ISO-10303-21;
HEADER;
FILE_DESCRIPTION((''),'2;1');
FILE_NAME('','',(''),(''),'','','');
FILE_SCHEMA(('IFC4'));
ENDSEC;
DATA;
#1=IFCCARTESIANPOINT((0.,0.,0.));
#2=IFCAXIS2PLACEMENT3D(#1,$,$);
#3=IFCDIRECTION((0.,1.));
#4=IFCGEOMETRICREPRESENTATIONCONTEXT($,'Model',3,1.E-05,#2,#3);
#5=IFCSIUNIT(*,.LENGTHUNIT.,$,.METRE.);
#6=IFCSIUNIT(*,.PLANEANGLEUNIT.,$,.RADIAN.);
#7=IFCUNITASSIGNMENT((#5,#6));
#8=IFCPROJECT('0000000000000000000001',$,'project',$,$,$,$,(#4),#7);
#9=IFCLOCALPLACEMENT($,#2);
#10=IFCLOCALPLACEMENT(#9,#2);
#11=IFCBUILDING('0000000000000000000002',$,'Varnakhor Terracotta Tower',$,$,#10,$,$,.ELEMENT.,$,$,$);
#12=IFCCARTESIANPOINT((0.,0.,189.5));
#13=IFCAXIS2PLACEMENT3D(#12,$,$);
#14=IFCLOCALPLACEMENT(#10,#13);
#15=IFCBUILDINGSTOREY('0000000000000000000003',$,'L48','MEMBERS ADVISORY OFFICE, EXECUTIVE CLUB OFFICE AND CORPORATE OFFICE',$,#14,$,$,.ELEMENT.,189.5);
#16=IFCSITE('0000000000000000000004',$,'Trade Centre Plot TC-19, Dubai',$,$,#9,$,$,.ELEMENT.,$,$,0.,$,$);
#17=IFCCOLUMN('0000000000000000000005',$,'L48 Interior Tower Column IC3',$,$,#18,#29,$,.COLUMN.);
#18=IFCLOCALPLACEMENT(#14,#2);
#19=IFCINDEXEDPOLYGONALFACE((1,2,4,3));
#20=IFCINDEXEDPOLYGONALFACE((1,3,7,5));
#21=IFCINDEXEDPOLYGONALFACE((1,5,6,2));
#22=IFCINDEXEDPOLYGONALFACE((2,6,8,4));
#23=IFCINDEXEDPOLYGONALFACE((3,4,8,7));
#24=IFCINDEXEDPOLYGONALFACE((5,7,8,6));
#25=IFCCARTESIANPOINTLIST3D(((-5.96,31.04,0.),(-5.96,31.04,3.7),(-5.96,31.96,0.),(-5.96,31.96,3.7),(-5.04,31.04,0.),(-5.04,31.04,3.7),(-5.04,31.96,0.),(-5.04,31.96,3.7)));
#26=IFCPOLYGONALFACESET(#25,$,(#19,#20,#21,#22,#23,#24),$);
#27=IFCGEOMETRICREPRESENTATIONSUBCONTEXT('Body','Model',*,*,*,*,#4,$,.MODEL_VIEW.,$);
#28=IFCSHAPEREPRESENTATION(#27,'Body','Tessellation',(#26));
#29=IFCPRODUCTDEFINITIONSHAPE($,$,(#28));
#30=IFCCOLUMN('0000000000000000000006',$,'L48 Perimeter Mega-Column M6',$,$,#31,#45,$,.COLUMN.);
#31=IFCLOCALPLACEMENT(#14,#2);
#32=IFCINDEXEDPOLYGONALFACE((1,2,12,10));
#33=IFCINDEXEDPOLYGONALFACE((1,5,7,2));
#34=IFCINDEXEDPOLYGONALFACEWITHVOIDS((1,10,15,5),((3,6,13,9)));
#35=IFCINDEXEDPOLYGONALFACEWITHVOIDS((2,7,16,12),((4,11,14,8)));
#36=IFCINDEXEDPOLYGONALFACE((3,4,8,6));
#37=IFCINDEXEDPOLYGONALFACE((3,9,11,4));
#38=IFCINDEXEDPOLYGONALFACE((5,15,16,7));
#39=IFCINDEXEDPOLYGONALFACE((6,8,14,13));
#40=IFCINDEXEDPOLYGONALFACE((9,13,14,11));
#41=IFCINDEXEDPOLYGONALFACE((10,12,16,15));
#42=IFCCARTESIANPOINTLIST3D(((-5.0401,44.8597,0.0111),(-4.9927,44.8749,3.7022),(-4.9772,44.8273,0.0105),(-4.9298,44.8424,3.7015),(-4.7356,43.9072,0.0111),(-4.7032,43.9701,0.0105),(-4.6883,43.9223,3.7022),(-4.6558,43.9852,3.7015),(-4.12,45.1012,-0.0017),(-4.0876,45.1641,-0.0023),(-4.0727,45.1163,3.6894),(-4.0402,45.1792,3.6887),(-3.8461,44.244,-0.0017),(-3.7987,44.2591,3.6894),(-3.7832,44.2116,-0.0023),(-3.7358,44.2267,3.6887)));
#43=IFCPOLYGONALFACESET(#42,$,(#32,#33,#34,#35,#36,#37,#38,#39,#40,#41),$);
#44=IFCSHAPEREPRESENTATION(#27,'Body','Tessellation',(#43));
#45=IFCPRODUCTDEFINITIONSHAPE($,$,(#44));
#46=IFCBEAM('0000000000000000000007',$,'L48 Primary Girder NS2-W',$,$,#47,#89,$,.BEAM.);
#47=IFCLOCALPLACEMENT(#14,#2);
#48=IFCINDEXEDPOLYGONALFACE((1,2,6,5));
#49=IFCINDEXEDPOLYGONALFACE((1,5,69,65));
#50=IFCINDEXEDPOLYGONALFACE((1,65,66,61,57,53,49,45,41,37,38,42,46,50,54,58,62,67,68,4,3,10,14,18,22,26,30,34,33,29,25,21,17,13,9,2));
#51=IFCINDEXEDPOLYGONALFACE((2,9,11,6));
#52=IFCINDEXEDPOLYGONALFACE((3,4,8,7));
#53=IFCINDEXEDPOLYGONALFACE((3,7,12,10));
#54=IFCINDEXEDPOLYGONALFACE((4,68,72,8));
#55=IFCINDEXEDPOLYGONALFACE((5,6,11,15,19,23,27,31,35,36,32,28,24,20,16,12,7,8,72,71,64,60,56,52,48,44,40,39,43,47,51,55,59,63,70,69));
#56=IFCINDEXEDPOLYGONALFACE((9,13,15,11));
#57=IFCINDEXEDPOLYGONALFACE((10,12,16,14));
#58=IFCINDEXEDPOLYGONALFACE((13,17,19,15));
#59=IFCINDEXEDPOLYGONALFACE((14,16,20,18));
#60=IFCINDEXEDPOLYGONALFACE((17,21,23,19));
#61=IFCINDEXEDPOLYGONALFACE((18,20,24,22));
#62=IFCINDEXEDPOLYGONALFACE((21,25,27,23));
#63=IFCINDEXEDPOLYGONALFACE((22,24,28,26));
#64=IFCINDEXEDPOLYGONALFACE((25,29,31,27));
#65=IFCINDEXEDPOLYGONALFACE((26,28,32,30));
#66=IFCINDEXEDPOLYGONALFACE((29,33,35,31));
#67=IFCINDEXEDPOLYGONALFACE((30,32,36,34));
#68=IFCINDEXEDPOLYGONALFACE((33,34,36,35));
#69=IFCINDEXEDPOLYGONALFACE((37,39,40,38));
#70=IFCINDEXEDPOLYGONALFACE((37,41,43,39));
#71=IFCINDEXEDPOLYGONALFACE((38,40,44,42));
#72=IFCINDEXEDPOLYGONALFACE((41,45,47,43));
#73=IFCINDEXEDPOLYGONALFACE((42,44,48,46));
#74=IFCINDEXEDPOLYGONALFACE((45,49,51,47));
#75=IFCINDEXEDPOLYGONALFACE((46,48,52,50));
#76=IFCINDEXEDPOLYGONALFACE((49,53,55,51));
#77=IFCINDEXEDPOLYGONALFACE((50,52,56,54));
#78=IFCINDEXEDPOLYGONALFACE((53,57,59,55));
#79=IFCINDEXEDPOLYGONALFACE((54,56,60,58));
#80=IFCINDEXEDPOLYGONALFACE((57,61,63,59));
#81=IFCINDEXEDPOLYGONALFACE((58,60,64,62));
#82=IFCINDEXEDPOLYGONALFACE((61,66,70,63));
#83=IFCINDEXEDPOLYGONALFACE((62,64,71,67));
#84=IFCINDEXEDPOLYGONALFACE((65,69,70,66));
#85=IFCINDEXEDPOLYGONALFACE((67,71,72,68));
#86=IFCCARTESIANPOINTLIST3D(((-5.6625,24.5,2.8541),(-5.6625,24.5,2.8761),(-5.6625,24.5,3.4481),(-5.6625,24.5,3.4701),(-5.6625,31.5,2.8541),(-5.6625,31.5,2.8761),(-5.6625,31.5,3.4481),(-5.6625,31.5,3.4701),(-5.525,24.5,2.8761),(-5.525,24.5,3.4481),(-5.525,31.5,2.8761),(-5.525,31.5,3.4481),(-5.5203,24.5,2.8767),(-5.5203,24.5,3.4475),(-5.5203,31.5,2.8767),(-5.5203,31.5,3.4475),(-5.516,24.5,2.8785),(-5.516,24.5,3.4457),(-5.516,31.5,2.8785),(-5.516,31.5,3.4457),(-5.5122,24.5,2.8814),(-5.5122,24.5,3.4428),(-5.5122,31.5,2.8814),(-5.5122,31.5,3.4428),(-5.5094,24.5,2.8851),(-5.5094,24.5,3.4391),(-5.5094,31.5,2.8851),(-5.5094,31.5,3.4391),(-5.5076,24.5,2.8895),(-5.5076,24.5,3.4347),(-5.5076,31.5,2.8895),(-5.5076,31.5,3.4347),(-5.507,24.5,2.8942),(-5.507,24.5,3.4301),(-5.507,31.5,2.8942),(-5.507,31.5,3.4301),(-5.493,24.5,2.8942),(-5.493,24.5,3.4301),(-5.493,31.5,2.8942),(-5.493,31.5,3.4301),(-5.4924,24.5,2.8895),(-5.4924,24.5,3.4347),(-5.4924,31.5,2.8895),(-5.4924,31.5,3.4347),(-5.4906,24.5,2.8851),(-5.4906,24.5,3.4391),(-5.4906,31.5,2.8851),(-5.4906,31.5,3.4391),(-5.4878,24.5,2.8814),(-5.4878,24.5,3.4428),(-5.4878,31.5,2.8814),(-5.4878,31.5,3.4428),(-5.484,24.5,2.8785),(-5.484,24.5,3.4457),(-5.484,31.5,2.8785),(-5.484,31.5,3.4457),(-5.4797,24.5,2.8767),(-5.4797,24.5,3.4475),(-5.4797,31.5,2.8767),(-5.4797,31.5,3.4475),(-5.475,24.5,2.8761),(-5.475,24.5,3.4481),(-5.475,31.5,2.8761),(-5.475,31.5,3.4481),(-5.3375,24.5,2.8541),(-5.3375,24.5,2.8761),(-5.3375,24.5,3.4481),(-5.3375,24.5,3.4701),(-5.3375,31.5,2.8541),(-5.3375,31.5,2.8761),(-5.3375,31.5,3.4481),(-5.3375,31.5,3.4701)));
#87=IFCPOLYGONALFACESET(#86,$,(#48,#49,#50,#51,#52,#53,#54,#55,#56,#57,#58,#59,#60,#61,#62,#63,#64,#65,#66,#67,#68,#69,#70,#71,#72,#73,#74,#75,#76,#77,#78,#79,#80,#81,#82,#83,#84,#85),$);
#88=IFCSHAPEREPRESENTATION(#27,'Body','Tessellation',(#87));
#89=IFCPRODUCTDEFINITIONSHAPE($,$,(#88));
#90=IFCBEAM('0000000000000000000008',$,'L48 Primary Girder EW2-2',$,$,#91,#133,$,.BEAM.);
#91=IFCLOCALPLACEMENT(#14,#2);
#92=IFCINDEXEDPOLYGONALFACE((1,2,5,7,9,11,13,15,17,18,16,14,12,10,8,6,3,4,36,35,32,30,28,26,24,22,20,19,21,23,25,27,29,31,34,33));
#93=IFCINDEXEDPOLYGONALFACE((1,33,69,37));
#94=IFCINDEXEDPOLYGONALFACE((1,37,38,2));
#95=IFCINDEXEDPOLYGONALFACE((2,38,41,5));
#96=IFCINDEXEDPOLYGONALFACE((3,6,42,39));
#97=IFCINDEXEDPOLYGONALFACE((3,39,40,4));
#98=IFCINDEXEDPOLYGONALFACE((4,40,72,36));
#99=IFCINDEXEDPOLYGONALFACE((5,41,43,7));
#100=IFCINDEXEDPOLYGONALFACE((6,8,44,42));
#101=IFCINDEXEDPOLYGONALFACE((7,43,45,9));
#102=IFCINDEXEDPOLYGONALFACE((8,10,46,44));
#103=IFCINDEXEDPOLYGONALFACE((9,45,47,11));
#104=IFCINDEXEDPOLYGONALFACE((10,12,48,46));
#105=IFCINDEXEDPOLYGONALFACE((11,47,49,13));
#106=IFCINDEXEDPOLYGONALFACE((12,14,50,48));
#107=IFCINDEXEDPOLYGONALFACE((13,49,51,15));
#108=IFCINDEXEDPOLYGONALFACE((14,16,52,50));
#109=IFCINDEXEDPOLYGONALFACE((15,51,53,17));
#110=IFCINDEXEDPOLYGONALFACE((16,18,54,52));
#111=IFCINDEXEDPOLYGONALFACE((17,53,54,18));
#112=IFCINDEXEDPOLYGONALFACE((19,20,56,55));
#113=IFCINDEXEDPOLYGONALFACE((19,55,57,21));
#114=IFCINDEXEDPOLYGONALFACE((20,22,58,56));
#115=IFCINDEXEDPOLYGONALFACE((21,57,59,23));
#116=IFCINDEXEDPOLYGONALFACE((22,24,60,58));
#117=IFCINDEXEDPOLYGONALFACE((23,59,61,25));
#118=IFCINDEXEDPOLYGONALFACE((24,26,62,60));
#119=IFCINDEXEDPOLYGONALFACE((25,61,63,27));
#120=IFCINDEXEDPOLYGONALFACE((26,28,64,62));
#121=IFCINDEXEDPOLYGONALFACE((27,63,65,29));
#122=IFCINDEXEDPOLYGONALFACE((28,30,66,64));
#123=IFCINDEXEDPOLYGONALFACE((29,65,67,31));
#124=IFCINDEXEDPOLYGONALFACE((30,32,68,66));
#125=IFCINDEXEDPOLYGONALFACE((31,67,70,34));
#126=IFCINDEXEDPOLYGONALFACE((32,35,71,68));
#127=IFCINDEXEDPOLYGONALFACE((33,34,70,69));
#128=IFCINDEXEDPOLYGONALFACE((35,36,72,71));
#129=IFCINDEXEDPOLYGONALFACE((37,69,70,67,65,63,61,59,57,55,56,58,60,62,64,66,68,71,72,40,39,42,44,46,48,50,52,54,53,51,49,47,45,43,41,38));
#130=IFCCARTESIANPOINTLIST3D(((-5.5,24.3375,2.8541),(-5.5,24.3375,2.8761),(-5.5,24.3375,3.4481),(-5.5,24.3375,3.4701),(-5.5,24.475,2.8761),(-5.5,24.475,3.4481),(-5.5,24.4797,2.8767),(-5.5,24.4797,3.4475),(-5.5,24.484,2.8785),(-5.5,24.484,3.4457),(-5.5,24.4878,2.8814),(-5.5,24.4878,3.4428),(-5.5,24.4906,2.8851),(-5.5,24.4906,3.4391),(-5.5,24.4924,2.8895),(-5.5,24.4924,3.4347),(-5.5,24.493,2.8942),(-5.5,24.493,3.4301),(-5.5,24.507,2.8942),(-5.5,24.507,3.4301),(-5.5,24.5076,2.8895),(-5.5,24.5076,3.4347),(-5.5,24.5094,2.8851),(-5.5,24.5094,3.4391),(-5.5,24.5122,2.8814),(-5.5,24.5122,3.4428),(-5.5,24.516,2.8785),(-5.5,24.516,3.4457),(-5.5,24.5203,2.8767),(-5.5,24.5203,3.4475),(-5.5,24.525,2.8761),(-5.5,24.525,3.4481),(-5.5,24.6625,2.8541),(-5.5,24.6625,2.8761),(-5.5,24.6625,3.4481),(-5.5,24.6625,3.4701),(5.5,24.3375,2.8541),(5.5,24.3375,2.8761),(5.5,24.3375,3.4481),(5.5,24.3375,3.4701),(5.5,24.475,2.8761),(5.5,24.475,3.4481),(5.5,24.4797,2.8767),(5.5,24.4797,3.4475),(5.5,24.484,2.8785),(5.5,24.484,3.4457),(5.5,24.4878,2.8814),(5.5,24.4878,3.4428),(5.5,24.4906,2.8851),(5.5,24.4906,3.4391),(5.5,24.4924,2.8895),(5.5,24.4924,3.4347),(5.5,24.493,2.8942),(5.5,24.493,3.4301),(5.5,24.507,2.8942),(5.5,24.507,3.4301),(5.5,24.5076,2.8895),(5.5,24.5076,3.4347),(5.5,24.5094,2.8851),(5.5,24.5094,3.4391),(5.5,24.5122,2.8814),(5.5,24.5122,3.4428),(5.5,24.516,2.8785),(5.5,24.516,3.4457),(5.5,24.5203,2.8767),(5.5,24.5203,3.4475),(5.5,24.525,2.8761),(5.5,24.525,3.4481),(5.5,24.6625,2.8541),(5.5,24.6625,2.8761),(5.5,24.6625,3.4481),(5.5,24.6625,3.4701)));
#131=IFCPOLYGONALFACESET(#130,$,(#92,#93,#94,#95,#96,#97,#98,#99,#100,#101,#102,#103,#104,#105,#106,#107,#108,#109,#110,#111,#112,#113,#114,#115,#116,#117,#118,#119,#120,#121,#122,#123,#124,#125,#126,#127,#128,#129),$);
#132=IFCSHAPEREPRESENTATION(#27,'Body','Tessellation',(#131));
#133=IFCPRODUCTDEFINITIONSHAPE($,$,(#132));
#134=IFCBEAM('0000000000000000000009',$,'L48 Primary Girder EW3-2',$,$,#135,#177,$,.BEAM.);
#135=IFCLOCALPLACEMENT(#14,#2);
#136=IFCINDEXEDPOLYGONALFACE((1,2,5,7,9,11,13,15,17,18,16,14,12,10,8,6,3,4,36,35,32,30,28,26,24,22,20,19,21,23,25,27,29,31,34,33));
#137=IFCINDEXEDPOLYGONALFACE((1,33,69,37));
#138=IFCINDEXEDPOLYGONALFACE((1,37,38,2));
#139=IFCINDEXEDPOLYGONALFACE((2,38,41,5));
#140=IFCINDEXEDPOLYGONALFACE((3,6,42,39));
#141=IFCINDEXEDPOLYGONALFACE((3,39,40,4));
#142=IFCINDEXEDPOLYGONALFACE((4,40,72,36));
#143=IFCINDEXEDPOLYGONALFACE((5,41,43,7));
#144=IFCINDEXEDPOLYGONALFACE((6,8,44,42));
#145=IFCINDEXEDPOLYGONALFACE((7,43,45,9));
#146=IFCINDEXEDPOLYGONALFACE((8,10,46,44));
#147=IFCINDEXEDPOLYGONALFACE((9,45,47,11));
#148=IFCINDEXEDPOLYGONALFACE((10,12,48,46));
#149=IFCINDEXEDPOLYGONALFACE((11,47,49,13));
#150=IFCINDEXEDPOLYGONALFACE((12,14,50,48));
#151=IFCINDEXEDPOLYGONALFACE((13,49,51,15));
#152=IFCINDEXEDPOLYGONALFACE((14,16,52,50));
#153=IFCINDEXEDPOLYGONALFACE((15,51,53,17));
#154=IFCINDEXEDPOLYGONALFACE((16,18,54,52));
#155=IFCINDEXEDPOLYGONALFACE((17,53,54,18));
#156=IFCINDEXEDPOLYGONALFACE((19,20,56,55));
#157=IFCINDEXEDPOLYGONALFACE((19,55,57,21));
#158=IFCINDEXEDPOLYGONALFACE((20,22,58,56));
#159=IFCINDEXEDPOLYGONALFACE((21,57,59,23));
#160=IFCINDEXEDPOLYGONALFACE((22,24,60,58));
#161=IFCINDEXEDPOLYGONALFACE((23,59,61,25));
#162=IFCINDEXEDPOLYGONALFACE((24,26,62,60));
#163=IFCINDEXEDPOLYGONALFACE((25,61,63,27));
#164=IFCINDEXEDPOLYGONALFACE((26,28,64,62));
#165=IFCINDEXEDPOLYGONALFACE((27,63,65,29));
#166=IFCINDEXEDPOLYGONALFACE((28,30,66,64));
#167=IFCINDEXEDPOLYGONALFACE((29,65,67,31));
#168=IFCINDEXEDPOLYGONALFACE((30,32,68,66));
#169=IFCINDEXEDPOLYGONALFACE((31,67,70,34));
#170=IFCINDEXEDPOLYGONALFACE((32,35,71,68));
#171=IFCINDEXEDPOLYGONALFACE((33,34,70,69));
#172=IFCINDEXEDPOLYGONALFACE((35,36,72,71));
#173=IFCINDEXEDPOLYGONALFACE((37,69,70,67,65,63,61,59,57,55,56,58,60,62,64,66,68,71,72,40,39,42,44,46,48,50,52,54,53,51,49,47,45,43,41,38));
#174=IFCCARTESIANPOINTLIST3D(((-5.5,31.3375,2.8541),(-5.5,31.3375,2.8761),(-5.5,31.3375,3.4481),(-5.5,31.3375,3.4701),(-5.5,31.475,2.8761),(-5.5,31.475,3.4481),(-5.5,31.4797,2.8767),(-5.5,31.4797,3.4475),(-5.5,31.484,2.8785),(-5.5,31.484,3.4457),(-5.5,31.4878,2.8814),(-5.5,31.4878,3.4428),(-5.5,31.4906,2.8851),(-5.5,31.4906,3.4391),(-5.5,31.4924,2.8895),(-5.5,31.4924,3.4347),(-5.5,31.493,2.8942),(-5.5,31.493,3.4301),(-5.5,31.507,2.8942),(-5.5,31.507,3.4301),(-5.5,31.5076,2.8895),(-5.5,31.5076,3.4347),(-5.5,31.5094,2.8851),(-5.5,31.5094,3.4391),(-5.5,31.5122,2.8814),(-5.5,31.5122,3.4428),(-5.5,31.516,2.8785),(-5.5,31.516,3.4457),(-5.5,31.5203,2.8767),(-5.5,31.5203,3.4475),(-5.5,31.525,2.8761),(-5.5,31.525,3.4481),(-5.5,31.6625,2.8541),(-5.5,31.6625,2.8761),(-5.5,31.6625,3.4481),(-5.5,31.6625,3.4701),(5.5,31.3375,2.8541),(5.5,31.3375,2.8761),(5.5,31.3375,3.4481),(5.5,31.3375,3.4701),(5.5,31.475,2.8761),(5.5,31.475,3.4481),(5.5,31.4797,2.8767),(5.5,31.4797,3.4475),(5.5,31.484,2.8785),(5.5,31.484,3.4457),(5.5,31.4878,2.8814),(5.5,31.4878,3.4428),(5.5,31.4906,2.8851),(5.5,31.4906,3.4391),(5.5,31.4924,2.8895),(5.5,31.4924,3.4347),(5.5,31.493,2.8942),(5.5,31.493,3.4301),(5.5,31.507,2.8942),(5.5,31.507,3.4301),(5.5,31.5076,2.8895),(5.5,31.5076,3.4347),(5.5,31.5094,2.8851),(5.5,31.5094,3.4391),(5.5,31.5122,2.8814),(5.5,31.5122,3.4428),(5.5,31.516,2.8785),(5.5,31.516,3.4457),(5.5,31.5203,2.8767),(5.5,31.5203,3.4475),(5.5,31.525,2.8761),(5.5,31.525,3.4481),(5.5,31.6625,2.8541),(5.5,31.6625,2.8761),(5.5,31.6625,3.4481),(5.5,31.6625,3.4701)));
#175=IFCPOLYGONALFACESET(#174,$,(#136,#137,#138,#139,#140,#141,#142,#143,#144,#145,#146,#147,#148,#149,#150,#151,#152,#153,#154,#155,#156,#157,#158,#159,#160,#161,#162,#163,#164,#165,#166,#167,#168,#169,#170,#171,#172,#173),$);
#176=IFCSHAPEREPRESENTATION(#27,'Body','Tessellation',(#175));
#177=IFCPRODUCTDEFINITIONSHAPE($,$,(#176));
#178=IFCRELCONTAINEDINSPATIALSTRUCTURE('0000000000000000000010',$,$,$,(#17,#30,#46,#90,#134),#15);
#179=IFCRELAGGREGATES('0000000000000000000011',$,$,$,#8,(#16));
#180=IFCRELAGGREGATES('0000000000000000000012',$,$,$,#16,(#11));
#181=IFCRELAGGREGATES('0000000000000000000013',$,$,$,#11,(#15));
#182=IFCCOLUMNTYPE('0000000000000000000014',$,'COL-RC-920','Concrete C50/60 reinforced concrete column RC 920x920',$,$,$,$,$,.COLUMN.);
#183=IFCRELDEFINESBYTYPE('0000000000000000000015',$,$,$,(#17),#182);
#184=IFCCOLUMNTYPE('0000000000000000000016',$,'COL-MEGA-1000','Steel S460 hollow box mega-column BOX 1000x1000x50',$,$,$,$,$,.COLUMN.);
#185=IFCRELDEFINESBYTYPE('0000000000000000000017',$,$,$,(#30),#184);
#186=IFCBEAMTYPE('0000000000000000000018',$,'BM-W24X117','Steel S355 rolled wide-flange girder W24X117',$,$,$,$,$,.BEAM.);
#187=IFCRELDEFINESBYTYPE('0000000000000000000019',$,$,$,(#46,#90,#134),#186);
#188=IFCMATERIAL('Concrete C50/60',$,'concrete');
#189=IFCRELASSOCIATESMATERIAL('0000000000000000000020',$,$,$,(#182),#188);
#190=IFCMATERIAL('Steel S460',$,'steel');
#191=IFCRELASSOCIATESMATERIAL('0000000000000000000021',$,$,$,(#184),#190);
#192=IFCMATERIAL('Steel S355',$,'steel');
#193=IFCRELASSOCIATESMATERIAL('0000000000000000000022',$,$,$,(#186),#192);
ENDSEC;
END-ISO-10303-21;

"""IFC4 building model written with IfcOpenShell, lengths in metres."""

from ifc_helpers import new_model, si_unit, direction, frame, origin, origin_2d, place, context, subcontext, project, spatial, rectangle, hollow_rectangle, i_section, extrude, source, transform, mapped, material, material_profile, profile_set, type_object, type_shapes, element, save


model = new_model("IFC4")

# Units and contexts
model_context = context("Model", 3, precision=1e-05, world=origin(), true_north=direction((0.0, 1.0)))
body_context = subcontext(model_context, "Body", "Model", "MODEL_VIEW")
ifc_project = project(units=[si_unit("LENGTHUNIT", "METRE"), si_unit("PLANEANGLEUNIT", "RADIAN")], contexts=[model_context])

# Site, building, storey
site_placement = place(None, origin())
site = spatial("IfcSite", under=ifc_project, at=site_placement, Name="Trade Centre Plot TC-19, Dubai", CompositionType="ELEMENT", RefElevation=0.0)
building_placement = place(site_placement, origin())
building = spatial("IfcBuilding", under=site, at=building_placement, Name="Varnakhor Terracotta Tower", CompositionType="ELEMENT")
storey_placement = place(building_placement, frame((0.0, 0.0, 189.5)))
storey = spatial("IfcBuildingStorey", under=building, at=storey_placement, Name="L48", Description="MEMBERS ADVISORY OFFICE, EXECUTIVE CLUB OFFICE AND CORPORATE OFFICE", CompositionType="ELEMENT", Elevation=189.5)

# Columns
ifc_material_1 = material(Name="Concrete C50/60", Category="concrete")
ifc_material_profile_1 = material_profile(ifc_material_1, rectangle(XDim=0.9199, YDim=0.9199, at=origin_2d()), Name="RC 920x920")
ifc_profile_set_1 = profile_set([ifc_material_profile_1], Name="Concrete C50/60")
column_type_1 = type_object("IfcColumnType", Name="COL-RC-920", Description="Concrete C50/60 reinforced concrete column RC 920x920", PredefinedType="COLUMN", material=ifc_profile_set_1)
shared_shape_1 = source(origin(), body_context, "Body", "SweptSolid", [
    extrude(rectangle(XDim=0.9199, YDim=0.9199, at=origin_2d()), origin(), (0.0, 0.0, 1.0), 3.7),
])
column_1_placement = place(storey_placement, frame((-5.5, 31.5, 0.0), z_axis=(0.0, 0.0, 1.0), x_axis=(1.0, 0.0, 0.0)))
element("IfcColumn", 1, at=column_1_placement, inside=storey, type_object=column_type_1, Name="L48 Interior Tower Column IC3", PredefinedType="COLUMN", context=body_context, shape_type="MappedRepresentation", body=[
    mapped(shared_shape_1, transform((0.0, 0.0, 0.0), scale=1.0)),
])
ifc_material_2 = material(Name="Steel S460", Category="steel")
ifc_material_profile_2 = material_profile(ifc_material_2, hollow_rectangle(XDim=1.0, YDim=1.0, WallThickness=0.05, at=origin_2d()), Name="BOX 1000x1000x50")
ifc_profile_set_2 = profile_set([ifc_material_profile_2], Name="Steel S460")
column_type_2 = type_object("IfcColumnType", Name="COL-MEGA-1000", Description="Steel S460 hollow box mega-column BOX 1000x1000x50", PredefinedType="COLUMN", material=ifc_profile_set_2)
shared_shape_2 = source(origin(), body_context, "Body", "SweptSolid", [
    extrude(hollow_rectangle(XDim=1.0, YDim=1.0, WallThickness=0.05, at=origin_2d()), origin(), (0.0, 0.0, 1.0), 3.6914),
])
type_shapes(column_type_2, [shared_shape_2])
column_2_placement = place(storey_placement, frame((-4.4116, 44.5356, 0.0044), z_axis=(0.01283, 0.0041, 0.999909), x_axis=(-0.304419, 0.952538, 0.0)))
element("IfcColumn", 2, at=column_2_placement, inside=storey, type_object=column_type_2, Name="L48 Perimeter Mega-Column M6", PredefinedType="COLUMN", context=body_context, shape_type="MappedRepresentation", body=[
    mapped(shared_shape_2, transform((0.0, 0.0, 0.0), scale=1.0)),
])

# Beams
ifc_material_3 = material(Name="Steel S355", Category="steel")
ifc_material_profile_3 = material_profile(ifc_material_3, i_section(OverallWidth=0.325, OverallDepth=0.616, WebThickness=0.0139, FlangeThickness=0.022, FilletRadius=0.0181, at=origin_2d()), Name="W24X117")
ifc_profile_set_3 = profile_set([ifc_material_profile_3], Name="Steel S355")
beam_type_1 = type_object("IfcBeamType", Name="BM-W24X117", Description="Steel S355 rolled wide-flange girder W24X117", PredefinedType="BEAM", material=ifc_profile_set_3)
shared_shape_3 = source(origin(), body_context, "Body", "SweptSolid", [
    extrude(i_section(OverallWidth=0.325, OverallDepth=0.616, WebThickness=0.0139, FlangeThickness=0.022, FilletRadius=0.0181, at=origin_2d()), origin(), (0.0, 0.0, 1.0), 7.0),
])
beam_1_placement = place(storey_placement, frame((-5.5, 24.5, 3.1621), z_axis=(0.0, 1.0, 0.0), x_axis=(-1.0, 0.0, 0.0)))
element("IfcBeam", 3, at=beam_1_placement, inside=storey, type_object=beam_type_1, Name="L48 Primary Girder NS2-W", PredefinedType="BEAM", context=body_context, shape_type="MappedRepresentation", body=[
    mapped(shared_shape_3, transform((0.0, 0.0, 0.0), scale=1.0)),
])
shared_shape_4 = source(origin(), body_context, "Body", "SweptSolid", [
    extrude(i_section(OverallWidth=0.325, OverallDepth=0.616, WebThickness=0.0139, FlangeThickness=0.022, FilletRadius=0.0181, at=origin_2d()), origin(), (0.0, 0.0, 1.0), 11.0),
])
for number, where, z_axis, x_axis, name in (
    (4, (-5.5, 24.5, 3.1621), (1.0, 0.0, 0.0), (0.0, 1.0, 0.0), "L48 Primary Girder EW2-2"),
    (5, (-5.5, 31.5, 3.1621), (1.0, 0.0, 0.0), (0.0, 1.0, 0.0), "L48 Primary Girder EW3-2"),
):
    element("IfcBeam", number, at=place(storey_placement, frame(where, z_axis=z_axis, x_axis=x_axis)), inside=storey, type_object=beam_type_1, Name=name, PredefinedType="BEAM", context=body_context, shape_type="MappedRepresentation", body=[
        mapped(shared_shape_4, transform((0.0, 0.0, 0.0), scale=1.0)),
    ])

save(model, "model.ifc")
